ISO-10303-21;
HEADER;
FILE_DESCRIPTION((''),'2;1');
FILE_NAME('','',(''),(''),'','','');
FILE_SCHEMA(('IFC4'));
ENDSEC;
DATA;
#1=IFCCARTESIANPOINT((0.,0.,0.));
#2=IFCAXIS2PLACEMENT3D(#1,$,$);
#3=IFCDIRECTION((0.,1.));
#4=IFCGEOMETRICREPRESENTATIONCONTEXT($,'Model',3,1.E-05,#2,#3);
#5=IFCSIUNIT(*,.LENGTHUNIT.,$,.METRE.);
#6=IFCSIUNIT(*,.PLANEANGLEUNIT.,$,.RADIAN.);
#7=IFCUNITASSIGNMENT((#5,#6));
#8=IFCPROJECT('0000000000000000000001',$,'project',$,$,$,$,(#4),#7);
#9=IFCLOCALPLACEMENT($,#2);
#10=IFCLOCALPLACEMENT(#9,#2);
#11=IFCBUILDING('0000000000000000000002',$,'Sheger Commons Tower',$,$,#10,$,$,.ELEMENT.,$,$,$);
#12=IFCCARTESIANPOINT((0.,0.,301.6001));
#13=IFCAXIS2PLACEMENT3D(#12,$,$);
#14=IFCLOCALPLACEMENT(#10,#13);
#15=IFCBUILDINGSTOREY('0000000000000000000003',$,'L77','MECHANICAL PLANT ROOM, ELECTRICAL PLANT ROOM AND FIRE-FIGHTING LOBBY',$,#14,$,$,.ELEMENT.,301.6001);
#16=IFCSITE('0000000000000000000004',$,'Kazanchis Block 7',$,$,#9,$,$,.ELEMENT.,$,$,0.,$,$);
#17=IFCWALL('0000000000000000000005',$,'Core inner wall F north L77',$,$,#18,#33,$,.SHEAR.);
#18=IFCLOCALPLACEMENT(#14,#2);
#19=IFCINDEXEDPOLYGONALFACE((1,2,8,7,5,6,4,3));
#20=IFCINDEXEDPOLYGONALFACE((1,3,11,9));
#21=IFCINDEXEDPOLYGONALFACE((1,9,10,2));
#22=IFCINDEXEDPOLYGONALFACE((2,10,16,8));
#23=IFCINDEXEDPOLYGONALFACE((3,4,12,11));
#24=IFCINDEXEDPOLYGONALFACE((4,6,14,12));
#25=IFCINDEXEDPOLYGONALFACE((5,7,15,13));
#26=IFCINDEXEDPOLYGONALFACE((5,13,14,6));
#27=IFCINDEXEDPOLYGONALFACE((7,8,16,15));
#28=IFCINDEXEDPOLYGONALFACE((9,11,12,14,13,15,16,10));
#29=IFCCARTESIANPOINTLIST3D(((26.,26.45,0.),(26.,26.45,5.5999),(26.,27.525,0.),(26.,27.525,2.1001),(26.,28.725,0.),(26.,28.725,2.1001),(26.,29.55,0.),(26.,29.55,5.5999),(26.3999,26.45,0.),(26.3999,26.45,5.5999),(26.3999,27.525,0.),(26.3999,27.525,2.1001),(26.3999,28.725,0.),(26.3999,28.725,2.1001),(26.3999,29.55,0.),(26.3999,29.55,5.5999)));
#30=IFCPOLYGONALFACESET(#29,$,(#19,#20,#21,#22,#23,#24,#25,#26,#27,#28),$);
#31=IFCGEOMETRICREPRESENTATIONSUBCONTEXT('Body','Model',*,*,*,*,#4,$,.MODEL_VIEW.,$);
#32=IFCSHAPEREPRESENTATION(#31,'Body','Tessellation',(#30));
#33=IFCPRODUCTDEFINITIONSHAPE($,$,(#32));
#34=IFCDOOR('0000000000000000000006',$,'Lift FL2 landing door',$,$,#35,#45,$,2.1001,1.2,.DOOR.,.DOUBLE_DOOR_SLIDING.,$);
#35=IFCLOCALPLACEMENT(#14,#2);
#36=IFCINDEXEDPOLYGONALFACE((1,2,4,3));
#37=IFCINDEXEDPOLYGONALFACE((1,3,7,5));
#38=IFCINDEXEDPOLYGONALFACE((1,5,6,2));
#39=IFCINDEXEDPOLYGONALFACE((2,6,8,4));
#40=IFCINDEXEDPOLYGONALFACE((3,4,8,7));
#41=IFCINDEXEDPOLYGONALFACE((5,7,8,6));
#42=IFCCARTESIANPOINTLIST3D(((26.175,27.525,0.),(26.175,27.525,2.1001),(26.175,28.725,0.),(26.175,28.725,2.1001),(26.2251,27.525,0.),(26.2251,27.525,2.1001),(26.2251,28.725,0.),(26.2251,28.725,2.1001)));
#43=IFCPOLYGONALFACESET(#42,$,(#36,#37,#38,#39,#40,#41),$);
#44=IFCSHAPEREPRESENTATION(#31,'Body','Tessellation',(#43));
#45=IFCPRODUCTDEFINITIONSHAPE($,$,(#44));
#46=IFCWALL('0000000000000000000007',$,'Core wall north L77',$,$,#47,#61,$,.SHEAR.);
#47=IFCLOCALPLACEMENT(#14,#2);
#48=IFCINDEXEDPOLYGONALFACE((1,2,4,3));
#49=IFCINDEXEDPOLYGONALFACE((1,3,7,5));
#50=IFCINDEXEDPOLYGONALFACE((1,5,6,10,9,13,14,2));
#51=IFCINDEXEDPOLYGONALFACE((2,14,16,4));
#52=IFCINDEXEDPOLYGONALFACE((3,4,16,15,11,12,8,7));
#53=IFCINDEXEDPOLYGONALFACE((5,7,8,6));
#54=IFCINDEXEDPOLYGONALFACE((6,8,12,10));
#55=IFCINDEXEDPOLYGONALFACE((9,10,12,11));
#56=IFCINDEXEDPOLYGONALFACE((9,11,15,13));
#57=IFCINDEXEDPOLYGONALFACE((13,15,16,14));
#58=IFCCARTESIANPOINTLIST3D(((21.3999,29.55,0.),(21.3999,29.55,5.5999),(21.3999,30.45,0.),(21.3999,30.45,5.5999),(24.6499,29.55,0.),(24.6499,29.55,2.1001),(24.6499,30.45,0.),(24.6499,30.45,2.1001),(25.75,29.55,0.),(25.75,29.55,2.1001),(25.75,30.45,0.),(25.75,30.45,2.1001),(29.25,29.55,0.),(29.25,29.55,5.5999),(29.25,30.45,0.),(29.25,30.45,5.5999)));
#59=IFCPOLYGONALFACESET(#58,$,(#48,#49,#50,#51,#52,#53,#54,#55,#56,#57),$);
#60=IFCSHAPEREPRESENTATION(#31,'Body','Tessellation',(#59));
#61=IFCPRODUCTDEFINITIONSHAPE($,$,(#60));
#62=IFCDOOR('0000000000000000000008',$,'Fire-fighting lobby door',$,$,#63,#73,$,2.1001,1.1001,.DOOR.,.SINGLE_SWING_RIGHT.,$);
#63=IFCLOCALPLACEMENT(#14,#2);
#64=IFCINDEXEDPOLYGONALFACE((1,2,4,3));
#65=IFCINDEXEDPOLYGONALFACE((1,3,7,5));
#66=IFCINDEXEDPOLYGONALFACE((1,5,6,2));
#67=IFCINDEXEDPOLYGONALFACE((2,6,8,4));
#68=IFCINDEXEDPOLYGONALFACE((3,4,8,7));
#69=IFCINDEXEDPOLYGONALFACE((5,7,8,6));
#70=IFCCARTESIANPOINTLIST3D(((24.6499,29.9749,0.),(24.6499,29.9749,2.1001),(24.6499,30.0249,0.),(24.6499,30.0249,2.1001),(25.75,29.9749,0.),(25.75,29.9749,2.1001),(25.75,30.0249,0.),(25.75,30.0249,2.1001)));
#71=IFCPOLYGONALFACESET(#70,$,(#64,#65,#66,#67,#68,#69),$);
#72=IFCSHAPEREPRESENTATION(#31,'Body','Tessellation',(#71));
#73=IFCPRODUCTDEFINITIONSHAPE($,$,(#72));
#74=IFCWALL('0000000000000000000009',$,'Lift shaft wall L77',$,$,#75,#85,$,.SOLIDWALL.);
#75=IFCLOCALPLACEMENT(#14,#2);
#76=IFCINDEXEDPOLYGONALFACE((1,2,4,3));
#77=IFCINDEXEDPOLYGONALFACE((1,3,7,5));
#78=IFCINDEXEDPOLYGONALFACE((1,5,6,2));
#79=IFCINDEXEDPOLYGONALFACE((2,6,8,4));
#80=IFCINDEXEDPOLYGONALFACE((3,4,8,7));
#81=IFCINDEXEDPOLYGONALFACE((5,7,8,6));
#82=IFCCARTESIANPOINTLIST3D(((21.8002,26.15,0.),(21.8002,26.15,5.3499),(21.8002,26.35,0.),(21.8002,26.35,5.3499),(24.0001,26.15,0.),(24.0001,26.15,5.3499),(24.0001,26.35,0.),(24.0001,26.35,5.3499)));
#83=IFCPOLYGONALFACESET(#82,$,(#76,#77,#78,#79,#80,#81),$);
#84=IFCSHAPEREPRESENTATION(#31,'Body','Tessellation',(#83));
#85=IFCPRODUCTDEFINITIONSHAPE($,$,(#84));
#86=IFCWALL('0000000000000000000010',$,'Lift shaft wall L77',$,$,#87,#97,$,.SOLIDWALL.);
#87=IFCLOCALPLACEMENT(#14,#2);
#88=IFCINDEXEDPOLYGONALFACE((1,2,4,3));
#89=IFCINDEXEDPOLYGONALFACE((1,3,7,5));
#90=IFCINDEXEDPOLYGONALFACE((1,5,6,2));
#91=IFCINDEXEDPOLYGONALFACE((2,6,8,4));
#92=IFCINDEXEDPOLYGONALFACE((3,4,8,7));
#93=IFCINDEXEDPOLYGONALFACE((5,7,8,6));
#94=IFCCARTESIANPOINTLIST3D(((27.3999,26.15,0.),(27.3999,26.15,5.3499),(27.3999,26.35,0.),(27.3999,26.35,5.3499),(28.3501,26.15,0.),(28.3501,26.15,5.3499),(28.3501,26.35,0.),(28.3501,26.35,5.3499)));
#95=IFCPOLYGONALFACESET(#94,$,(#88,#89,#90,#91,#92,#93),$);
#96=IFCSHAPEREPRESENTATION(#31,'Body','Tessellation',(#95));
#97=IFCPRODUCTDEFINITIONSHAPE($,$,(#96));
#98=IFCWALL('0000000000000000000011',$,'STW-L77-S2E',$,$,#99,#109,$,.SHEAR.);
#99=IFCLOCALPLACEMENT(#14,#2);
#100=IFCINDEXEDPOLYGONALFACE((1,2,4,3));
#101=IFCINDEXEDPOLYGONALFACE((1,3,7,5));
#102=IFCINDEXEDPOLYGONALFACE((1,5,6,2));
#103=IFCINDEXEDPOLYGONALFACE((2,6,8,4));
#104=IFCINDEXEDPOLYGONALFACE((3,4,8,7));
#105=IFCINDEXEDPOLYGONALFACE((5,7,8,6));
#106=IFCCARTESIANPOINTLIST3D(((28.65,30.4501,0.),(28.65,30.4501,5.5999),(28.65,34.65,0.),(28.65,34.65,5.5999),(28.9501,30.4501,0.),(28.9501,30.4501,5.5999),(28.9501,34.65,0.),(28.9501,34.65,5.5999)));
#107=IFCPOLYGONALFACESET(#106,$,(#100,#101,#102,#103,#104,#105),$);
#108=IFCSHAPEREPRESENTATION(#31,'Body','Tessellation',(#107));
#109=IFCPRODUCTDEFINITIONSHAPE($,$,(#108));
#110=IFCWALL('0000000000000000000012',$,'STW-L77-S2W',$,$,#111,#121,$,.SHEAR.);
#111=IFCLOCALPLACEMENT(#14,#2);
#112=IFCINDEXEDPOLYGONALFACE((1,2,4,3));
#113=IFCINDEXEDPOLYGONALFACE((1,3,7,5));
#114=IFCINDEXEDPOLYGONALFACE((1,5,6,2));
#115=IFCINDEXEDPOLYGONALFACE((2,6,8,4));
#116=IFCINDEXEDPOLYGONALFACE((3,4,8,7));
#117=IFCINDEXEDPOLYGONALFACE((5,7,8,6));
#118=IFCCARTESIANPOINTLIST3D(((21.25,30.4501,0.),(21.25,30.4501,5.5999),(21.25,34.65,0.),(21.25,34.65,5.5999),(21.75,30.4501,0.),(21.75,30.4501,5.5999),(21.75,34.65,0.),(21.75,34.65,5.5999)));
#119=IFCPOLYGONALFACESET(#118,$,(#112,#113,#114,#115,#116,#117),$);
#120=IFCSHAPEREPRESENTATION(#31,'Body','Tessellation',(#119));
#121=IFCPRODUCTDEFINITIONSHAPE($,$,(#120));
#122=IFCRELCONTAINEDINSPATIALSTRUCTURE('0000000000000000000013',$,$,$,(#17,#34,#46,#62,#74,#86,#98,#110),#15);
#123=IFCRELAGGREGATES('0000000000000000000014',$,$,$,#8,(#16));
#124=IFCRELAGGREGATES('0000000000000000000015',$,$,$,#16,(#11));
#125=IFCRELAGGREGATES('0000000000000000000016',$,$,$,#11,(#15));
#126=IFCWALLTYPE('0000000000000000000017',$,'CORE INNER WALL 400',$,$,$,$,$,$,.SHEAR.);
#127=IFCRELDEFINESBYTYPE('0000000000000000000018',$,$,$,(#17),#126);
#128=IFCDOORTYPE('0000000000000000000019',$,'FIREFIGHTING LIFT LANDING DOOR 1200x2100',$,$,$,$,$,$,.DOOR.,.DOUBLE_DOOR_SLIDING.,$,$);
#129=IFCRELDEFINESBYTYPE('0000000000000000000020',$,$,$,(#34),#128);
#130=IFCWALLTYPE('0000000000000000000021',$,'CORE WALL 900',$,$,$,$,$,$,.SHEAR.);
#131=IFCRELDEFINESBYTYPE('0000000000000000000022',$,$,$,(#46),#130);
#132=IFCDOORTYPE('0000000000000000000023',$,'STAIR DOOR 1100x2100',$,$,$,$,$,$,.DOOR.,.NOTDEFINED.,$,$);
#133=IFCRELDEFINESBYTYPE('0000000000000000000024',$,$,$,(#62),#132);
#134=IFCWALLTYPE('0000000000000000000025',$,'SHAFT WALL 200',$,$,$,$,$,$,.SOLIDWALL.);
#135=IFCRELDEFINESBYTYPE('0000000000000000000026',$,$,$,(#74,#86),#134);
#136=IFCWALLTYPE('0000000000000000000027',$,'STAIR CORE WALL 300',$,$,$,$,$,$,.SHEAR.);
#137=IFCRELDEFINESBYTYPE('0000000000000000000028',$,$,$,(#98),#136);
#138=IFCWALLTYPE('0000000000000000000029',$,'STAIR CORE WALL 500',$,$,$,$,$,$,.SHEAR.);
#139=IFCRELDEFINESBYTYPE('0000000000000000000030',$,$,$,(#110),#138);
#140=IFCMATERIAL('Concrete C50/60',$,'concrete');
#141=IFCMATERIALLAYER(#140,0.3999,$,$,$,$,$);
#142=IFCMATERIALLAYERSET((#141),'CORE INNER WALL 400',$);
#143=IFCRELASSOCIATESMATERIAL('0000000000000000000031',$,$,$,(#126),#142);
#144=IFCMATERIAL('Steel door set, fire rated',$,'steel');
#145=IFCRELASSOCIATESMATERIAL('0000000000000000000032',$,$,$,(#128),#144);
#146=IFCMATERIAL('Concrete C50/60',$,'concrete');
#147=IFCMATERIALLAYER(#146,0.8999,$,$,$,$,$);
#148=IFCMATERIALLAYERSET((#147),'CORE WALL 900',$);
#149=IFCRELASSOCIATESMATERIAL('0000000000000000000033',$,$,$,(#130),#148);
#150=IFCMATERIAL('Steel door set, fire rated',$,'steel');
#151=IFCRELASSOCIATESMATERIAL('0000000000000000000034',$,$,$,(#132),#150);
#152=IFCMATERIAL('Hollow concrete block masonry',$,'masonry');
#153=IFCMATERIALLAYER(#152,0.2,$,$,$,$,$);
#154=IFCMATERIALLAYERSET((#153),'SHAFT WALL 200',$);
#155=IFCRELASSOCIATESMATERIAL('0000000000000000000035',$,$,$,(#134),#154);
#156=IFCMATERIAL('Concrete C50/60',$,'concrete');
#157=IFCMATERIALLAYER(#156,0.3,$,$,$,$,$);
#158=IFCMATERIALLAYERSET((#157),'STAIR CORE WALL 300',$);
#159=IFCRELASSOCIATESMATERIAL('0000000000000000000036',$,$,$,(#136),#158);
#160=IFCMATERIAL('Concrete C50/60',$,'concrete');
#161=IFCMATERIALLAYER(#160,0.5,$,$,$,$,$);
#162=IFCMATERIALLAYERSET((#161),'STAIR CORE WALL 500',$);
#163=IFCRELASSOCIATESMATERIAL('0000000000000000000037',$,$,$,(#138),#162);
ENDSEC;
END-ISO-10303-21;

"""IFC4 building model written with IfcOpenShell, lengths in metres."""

from ifc_helpers import new_model, si_unit, direction, frame, frame_2d, origin, place, context, subcontext, project, spatial, rectangle, extrude, material, layer, layer_set, type_object, element, fill, save


model = new_model("IFC4")

# Units and contexts
model_context = context("Model", 3, precision=1e-05, world=origin(), true_north=direction((0.0, 1.0)))
body_context = subcontext(model_context, "Body", "Model", "MODEL_VIEW")
ifc_project = project(units=[si_unit("LENGTHUNIT", "METRE"), si_unit("PLANEANGLEUNIT", "RADIAN")], contexts=[model_context])

# Site, building, storey
site_placement = place(None, origin())
site = spatial("IfcSite", under=ifc_project, at=site_placement, Name="Kazanchis Block 7", CompositionType="ELEMENT", RefElevation=0.0)
building_placement = place(site_placement, origin())
building = spatial("IfcBuilding", under=site, at=building_placement, Name="Sheger Commons Tower", CompositionType="ELEMENT")
storey_placement = place(building_placement, frame((0.0, 0.0, 301.6001)))
storey = spatial("IfcBuildingStorey", under=building, at=storey_placement, Name="L77", Description="MECHANICAL PLANT ROOM, ELECTRICAL PLANT ROOM AND FIRE-FIGHTING LOBBY", CompositionType="ELEMENT", Elevation=301.6001)

# Shared definitions
ifc_material_1 = material(Name="Concrete C50/60", Category="concrete")
ifc_layer_1 = layer(ifc_material_1, 0.3999)
ifc_layer_set_1 = layer_set([ifc_layer_1], Name="CORE INNER WALL 400")
wall_type_1 = type_object("IfcWallType", Name="CORE INNER WALL 400", PredefinedType="SHEAR", material=ifc_layer_set_1)

# Walls, openings, doors
wall_1_placement = place(storey_placement, frame((26.2, 26.45, 0.0), z_axis=(0.0, 0.0, 1.0), x_axis=(0.0, 1.0, 0.0)))
wall_1 = element("IfcWall", 1, at=wall_1_placement, inside=storey, type_object=wall_type_1, Name="Core inner wall F north L77", PredefinedType="SHEAR", context=body_context, shape_type="SweptSolid", body=[
    extrude(rectangle(XDim=3.1001, YDim=0.3999, at=frame_2d((1.55, 0.0))), origin(), (0.0, 0.0, 1.0), 5.5999),
])
opening_1_placement = place(wall_1_placement, frame((1.075, 0.0, 0.0)))
opening_1 = element("IfcOpeningElement", 2, at=opening_1_placement, cuts=wall_1, PredefinedType="OPENING", context=body_context, shape_type="SweptSolid", body=[
    extrude(rectangle(XDim=1.2, YDim=2.1001, at=frame_2d((0.6001, 1.05))), frame((0.0, 0.21, 0.0), z_axis=(0.0, -1.0, 0.0), x_axis=(1.0, 0.0, 0.0)), (0.0, 0.0, 1.0), 0.4199),
])
ifc_material_2 = material(Name="Steel door set, fire rated", Category="steel")
door_type_1 = type_object("IfcDoorType", Name="FIREFIGHTING LIFT LANDING DOOR 1200x2100", OperationType="DOUBLE_DOOR_SLIDING", PredefinedType="DOOR", material=ifc_material_2)
door_1_placement = place(opening_1_placement, origin())
door_1 = element("IfcDoor", 3, at=door_1_placement, inside=storey, type_object=door_type_1, Name="Lift FL2 landing door", OperationType="DOUBLE_DOOR_SLIDING", OverallHeight=2.1001, OverallWidth=1.2, PredefinedType="DOOR", context=body_context, shape_type="SweptSolid", body=[
    extrude(rectangle(XDim=1.2, YDim=2.1001, at=frame_2d((0.6001, 1.05))), frame((0.0, 0.0249, 0.0), z_axis=(0.0, -1.0, 0.0), x_axis=(1.0, 0.0, 0.0)), (0.0, 0.0, 1.0), 0.05),
])
fill(opening_1, door_1)
ifc_material_3 = material(Name="Concrete C50/60", Category="concrete")
ifc_layer_2 = layer(ifc_material_3, 0.8999)
ifc_layer_set_2 = layer_set([ifc_layer_2], Name="CORE WALL 900")
wall_type_2 = type_object("IfcWallType", Name="CORE WALL 900", PredefinedType="SHEAR", material=ifc_layer_set_2)
wall_2_placement = place(storey_placement, frame((21.3999, 30.0, 0.0), z_axis=(0.0, 0.0, 1.0), x_axis=(1.0, 0.0, 0.0)))
wall_2 = element("IfcWall", 4, at=wall_2_placement, inside=storey, type_object=wall_type_2, Name="Core wall north L77", PredefinedType="SHEAR", context=body_context, shape_type="SweptSolid", body=[
    extrude(rectangle(XDim=7.8501, YDim=0.8999, at=frame_2d((3.925, 0.0))), origin(), (0.0, 0.0, 1.0), 5.5999),
])
opening_2_placement = place(wall_2_placement, frame((3.25, 0.0, 0.0)))
opening_2 = element("IfcOpeningElement", 5, at=opening_2_placement, cuts=wall_2, PredefinedType="OPENING", context=body_context, shape_type="SweptSolid", body=[
    extrude(rectangle(XDim=1.1001, YDim=2.1001, at=frame_2d((0.55, 1.05))), frame((0.0, 0.46, 0.0), z_axis=(0.0, -1.0, 0.0), x_axis=(1.0, 0.0, 0.0)), (0.0, 0.0, 1.0), 0.9199),
])
ifc_material_4 = material(Name="Steel door set, fire rated", Category="steel")
door_type_2 = type_object("IfcDoorType", Name="STAIR DOOR 1100x2100", OperationType="NOTDEFINED", PredefinedType="DOOR", material=ifc_material_4)
door_2_placement = place(opening_2_placement, origin())
door_2 = element("IfcDoor", 6, at=door_2_placement, inside=storey, type_object=door_type_2, Name="Fire-fighting lobby door", OperationType="SINGLE_SWING_RIGHT", OverallHeight=2.1001, OverallWidth=1.1001, PredefinedType="DOOR", context=body_context, shape_type="SweptSolid", body=[
    extrude(rectangle(XDim=1.1001, YDim=2.1001, at=frame_2d((0.55, 1.05))), frame((0.0, 0.0249, 0.0), z_axis=(0.0, -1.0, 0.0), x_axis=(1.0, 0.0, 0.0)), (0.0, 0.0, 1.0), 0.05),
])
fill(opening_2, door_2)

# Walls
ifc_material_5 = material(Name="Hollow concrete block masonry", Category="masonry")
ifc_layer_3 = layer(ifc_material_5, 0.2)
ifc_layer_set_3 = layer_set([ifc_layer_3], Name="SHAFT WALL 200")
wall_type_3 = type_object("IfcWallType", Name="SHAFT WALL 200", PredefinedType="SOLIDWALL", material=ifc_layer_set_3)
wall_3_placement = place(storey_placement, frame((21.8, 26.25, 0.0), z_axis=(0.0, 0.0, 1.0), x_axis=(1.0, 0.0, 0.0)))
element("IfcWall", 7, at=wall_3_placement, inside=storey, type_object=wall_type_3, Name="Lift shaft wall L77", PredefinedType="SOLIDWALL", context=body_context, shape_type="SweptSolid", body=[
    extrude(rectangle(XDim=2.2, YDim=0.2, at=frame_2d((1.1001, 0.0))), origin(), (0.0, 0.0, 1.0), 5.3499),
])
wall_4_placement = place(storey_placement, frame((27.3999, 26.25, 0.0), z_axis=(0.0, 0.0, 1.0), x_axis=(1.0, 0.0, 0.0)))
element("IfcWall", 8, at=wall_4_placement, inside=storey, type_object=wall_type_3, Name="Lift shaft wall L77", PredefinedType="SOLIDWALL", context=body_context, shape_type="SweptSolid", body=[
    extrude(rectangle(XDim=0.9502, YDim=0.2, at=frame_2d((0.4751, 0.0))), origin(), (0.0, 0.0, 1.0), 5.3499),
])
ifc_material_6 = material(Name="Concrete C50/60", Category="concrete")
ifc_layer_4 = layer(ifc_material_6, 0.3)
ifc_layer_set_4 = layer_set([ifc_layer_4], Name="STAIR CORE WALL 300")
wall_type_4 = type_object("IfcWallType", Name="STAIR CORE WALL 300", PredefinedType="SHEAR", material=ifc_layer_set_4)
wall_5_placement = place(storey_placement, frame((28.8, 30.45, 0.0), z_axis=(0.0, 0.0, 1.0), x_axis=(0.0, 1.0, 0.0)))
element("IfcWall", 9, at=wall_5_placement, inside=storey, type_object=wall_type_4, Name="STW-L77-S2E", PredefinedType="SHEAR", context=body_context, shape_type="SweptSolid", body=[
    extrude(rectangle(XDim=4.2, YDim=0.3, at=frame_2d((2.1001, 0.0))), origin(), (0.0, 0.0, 1.0), 5.5999),
])
ifc_material_7 = material(Name="Concrete C50/60", Category="concrete")
ifc_layer_5 = layer(ifc_material_7, 0.5)
ifc_layer_set_5 = layer_set([ifc_layer_5], Name="STAIR CORE WALL 500")
wall_type_5 = type_object("IfcWallType", Name="STAIR CORE WALL 500", PredefinedType="SHEAR", material=ifc_layer_set_5)
wall_6_placement = place(storey_placement, frame((21.5, 30.45, 0.0), z_axis=(0.0, 0.0, 1.0), x_axis=(0.0, 1.0, 0.0)))
element("IfcWall", 10, at=wall_6_placement, inside=storey, type_object=wall_type_5, Name="STW-L77-S2W", PredefinedType="SHEAR", context=body_context, shape_type="SweptSolid", body=[
    extrude(rectangle(XDim=4.2, YDim=0.5, at=frame_2d((2.1001, 0.0))), origin(), (0.0, 0.0, 1.0), 5.5999),
])

save(model, "model.ifc")
